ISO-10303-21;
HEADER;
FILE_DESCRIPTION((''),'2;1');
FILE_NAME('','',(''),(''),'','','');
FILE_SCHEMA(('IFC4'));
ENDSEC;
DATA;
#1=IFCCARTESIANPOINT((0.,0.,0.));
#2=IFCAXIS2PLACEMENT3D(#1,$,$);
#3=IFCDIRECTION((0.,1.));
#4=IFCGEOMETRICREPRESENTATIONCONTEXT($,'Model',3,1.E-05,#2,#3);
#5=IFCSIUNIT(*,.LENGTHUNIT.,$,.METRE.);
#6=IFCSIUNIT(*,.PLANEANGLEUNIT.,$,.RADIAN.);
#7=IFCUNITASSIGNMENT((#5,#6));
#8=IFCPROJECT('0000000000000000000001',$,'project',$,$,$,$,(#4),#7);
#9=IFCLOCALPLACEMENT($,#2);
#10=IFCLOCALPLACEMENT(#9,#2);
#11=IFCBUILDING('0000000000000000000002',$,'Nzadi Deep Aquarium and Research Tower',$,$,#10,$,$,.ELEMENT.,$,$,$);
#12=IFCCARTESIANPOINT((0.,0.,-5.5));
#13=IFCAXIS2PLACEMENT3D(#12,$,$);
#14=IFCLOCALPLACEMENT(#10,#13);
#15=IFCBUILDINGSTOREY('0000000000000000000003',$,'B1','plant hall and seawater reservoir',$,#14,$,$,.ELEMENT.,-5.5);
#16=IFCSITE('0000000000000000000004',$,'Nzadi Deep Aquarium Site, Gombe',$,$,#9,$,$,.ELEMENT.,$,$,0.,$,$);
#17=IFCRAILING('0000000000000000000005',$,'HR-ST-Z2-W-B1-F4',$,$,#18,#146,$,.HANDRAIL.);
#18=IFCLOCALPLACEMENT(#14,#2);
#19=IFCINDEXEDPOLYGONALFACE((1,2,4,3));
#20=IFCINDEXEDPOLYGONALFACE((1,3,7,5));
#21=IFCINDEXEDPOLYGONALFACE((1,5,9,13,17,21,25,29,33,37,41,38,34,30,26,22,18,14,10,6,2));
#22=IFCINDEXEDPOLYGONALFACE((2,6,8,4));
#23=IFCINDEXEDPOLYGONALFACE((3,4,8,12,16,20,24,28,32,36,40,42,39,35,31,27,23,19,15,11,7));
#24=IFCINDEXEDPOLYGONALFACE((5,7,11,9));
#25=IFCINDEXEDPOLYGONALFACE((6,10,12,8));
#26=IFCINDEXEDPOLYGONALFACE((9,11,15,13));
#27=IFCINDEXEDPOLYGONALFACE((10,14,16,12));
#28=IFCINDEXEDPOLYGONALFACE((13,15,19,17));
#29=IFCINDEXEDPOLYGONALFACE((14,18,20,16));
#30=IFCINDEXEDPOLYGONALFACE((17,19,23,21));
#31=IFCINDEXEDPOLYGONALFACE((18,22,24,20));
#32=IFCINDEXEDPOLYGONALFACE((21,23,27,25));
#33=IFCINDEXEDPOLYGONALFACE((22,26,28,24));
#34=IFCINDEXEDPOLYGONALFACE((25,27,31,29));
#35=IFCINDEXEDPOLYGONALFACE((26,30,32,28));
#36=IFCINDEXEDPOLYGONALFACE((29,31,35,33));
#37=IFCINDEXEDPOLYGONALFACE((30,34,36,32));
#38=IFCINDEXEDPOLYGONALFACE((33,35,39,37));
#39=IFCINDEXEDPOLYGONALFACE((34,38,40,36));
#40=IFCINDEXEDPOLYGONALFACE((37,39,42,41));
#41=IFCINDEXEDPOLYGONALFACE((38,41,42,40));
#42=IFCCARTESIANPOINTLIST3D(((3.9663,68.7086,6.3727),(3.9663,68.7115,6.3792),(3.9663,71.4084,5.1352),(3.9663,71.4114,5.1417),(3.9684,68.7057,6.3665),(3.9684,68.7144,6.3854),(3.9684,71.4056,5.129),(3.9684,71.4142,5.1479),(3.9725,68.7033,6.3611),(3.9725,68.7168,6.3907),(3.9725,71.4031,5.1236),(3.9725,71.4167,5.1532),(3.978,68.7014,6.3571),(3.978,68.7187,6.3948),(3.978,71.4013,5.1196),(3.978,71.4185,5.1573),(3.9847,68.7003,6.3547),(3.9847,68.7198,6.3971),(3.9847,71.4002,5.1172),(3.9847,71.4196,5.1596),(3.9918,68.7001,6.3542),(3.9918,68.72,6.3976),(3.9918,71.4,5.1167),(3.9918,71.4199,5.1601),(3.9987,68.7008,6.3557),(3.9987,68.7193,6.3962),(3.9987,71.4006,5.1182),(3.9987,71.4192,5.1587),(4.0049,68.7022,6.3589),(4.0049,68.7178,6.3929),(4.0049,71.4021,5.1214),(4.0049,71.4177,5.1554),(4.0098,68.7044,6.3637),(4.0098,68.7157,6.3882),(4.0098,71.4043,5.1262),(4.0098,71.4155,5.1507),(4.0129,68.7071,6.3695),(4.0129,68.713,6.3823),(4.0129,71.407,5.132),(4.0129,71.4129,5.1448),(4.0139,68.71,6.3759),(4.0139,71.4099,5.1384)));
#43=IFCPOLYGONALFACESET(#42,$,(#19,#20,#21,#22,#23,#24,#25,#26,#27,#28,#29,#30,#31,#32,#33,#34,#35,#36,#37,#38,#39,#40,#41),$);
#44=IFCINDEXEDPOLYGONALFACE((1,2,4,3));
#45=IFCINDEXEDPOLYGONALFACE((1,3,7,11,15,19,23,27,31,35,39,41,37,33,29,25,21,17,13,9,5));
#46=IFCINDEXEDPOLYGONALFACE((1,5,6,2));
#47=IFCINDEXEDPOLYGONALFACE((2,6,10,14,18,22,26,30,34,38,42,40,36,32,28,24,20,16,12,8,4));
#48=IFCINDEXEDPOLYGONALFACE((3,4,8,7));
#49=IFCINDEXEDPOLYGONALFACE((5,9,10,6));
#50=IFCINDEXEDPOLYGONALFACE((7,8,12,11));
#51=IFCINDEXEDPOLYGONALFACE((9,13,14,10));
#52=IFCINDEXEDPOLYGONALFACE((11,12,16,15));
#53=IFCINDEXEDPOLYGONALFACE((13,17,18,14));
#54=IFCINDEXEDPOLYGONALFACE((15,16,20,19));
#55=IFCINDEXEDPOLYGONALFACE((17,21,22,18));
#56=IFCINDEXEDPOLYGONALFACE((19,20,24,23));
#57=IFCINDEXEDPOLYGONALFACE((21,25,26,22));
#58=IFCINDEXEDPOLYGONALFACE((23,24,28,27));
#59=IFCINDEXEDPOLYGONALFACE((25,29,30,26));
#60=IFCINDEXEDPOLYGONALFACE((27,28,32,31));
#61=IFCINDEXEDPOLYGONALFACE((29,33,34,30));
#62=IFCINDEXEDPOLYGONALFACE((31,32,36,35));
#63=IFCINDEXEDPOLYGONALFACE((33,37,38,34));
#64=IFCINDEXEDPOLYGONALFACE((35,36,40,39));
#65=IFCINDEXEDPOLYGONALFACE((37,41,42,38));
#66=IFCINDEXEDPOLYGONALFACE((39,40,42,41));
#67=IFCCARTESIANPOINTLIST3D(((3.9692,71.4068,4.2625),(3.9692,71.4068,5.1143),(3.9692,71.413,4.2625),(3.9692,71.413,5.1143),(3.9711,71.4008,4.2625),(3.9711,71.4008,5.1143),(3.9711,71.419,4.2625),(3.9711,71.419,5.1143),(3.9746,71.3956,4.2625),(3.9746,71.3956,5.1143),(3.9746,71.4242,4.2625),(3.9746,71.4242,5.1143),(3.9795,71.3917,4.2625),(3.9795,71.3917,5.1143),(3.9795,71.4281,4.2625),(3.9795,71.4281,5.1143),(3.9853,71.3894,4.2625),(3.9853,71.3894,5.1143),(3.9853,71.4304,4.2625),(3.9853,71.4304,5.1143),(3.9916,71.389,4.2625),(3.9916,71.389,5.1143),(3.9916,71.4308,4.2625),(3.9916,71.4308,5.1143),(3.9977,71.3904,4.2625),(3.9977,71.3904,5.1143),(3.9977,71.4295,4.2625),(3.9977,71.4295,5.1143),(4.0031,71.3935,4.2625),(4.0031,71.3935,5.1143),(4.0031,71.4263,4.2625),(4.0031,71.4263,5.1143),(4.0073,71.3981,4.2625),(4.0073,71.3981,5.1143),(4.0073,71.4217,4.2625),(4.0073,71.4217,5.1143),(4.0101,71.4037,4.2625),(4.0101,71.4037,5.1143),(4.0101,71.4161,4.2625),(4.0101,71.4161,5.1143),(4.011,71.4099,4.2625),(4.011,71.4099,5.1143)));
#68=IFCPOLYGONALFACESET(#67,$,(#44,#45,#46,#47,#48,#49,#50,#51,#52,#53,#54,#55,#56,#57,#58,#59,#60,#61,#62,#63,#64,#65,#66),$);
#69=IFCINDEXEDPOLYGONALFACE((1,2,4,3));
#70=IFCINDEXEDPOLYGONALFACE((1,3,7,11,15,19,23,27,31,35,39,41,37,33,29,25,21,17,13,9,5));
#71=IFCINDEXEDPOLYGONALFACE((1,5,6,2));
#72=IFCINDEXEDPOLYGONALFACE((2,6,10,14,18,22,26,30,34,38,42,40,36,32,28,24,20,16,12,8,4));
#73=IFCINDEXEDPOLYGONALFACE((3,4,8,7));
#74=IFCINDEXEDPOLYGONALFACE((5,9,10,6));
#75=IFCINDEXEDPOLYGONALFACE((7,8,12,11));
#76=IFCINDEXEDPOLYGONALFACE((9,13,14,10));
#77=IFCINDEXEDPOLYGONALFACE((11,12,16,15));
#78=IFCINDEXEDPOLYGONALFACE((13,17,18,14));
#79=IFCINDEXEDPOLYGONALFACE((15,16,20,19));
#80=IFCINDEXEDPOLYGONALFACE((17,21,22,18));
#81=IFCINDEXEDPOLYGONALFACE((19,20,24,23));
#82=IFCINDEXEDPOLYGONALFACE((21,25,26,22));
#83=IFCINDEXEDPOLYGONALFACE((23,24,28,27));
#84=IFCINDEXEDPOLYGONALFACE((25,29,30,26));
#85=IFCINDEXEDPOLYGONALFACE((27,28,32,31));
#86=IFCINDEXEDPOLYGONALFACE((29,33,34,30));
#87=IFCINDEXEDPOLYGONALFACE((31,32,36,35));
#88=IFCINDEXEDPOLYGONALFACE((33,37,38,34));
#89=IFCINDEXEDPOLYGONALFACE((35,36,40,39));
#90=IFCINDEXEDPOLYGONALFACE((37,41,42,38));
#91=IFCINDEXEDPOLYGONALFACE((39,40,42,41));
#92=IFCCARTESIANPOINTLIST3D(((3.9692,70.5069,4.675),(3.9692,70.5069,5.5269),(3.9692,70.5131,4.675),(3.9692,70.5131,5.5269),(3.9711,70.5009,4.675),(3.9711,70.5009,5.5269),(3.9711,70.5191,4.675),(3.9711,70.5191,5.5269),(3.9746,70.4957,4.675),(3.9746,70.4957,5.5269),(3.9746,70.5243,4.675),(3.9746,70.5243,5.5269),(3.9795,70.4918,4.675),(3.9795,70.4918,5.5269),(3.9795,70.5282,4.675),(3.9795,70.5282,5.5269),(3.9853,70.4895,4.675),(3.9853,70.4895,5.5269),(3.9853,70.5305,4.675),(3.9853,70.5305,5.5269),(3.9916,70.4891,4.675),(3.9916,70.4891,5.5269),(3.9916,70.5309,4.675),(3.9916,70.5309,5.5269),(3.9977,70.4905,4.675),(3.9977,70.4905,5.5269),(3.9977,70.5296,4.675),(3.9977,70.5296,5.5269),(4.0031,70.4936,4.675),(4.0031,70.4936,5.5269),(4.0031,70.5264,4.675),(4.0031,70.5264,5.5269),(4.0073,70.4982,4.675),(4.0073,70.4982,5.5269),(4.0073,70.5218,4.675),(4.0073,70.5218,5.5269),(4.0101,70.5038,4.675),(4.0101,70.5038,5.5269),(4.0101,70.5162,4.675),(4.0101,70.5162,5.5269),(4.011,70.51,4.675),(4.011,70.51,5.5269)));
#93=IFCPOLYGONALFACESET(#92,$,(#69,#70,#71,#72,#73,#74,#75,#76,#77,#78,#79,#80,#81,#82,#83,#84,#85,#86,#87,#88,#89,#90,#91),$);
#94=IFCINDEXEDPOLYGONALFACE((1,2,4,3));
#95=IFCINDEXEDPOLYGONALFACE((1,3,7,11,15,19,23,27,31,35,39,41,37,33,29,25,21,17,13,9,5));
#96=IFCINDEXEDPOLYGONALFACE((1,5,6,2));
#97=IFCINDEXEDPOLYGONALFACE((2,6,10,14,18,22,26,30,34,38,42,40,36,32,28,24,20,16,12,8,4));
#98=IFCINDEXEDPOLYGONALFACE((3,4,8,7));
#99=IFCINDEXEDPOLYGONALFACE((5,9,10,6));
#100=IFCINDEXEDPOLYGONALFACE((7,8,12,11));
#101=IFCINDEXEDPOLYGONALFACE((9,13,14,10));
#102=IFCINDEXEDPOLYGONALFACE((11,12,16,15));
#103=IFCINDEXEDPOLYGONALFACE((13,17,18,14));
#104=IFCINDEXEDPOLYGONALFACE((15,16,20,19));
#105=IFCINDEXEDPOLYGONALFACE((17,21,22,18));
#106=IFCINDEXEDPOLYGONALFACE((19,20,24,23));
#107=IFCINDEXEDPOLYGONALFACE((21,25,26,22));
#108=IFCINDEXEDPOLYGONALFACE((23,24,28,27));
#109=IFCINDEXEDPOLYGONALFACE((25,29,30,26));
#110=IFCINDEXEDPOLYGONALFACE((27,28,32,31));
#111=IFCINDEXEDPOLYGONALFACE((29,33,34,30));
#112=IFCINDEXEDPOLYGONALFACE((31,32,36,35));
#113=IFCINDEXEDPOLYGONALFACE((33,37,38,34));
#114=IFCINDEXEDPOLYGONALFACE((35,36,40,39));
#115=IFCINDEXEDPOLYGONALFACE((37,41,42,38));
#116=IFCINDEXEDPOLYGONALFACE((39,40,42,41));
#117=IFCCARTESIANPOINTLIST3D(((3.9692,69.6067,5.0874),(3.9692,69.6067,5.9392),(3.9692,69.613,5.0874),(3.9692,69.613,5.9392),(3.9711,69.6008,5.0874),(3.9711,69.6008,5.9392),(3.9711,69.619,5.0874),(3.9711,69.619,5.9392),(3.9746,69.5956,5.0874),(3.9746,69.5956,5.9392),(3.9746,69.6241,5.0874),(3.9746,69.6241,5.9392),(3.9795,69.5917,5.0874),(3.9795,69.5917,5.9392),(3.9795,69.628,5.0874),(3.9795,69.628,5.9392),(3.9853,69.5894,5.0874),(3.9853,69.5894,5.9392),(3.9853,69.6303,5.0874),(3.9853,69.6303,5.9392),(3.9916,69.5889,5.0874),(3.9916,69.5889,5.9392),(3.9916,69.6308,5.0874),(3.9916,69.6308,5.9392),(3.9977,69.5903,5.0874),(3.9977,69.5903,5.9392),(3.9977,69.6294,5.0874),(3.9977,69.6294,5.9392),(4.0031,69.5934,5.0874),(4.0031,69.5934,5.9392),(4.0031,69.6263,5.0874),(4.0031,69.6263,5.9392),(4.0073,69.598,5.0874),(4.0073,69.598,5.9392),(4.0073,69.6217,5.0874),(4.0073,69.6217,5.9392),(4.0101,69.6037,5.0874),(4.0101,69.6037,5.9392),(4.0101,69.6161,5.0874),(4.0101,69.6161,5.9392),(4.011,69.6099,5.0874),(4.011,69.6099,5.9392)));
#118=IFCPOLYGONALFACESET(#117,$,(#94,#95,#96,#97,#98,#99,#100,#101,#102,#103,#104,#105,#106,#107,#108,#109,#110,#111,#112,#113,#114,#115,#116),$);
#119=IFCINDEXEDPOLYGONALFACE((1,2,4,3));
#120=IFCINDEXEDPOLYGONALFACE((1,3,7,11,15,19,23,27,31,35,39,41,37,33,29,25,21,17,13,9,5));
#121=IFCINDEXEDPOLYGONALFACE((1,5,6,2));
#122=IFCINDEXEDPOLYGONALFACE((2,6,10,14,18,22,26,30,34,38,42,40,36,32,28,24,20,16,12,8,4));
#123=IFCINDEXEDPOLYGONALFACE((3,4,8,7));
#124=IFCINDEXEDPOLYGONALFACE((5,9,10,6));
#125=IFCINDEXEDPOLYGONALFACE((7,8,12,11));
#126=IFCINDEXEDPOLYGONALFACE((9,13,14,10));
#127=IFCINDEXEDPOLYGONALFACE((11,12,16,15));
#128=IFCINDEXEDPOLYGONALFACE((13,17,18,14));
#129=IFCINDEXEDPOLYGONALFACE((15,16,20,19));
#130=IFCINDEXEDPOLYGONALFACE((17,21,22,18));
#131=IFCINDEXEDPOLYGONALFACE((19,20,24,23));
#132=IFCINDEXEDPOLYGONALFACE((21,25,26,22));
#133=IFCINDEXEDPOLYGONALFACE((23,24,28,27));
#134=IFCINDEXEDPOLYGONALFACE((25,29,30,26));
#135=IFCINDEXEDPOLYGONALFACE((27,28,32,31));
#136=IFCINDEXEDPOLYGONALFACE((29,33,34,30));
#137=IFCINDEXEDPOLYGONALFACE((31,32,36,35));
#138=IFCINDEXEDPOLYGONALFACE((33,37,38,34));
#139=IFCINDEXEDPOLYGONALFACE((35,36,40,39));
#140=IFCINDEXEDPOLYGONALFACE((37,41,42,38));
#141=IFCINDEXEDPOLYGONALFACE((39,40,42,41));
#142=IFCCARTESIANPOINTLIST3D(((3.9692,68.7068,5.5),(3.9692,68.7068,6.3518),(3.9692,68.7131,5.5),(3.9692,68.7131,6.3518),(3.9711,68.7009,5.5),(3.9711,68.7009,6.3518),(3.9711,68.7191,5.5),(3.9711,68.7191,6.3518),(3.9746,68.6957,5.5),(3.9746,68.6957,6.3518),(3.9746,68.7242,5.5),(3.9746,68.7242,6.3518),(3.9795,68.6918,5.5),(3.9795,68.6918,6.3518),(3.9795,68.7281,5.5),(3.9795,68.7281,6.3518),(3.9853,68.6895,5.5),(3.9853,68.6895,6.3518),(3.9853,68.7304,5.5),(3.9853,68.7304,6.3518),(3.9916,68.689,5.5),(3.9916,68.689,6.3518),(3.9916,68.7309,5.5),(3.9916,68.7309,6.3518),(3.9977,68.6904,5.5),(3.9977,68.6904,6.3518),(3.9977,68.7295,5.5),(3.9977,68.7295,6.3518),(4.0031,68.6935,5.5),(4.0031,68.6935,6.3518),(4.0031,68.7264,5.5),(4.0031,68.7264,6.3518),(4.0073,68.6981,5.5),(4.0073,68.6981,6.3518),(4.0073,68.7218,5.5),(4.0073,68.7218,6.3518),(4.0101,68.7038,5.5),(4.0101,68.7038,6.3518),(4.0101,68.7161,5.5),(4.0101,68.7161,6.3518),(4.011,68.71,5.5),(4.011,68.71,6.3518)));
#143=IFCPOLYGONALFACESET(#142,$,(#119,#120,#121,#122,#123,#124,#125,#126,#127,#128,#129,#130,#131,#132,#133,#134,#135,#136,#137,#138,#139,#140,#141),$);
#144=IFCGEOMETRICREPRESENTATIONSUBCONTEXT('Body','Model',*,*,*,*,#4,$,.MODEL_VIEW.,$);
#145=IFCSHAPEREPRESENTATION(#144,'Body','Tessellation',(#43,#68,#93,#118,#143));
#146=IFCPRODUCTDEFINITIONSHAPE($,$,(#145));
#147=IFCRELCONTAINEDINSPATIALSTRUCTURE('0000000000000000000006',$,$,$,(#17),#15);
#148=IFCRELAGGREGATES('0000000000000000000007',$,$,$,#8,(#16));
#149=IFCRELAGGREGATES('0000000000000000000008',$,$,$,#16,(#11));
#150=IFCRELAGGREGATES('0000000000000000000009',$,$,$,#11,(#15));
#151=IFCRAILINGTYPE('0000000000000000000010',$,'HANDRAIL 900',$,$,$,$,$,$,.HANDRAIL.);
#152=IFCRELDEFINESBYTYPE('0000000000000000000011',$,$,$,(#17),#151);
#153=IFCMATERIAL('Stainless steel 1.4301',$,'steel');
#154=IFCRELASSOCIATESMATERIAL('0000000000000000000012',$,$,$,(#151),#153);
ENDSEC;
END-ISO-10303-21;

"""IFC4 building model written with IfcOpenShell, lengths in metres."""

from ifc_helpers import new_model, si_unit, direction, frame, origin, origin_2d, place, context, subcontext, project, spatial, circle, extrude, material, type_object, element, save


model = new_model("IFC4")

# Units and contexts
model_context = context("Model", 3, precision=1e-05, world=origin(), true_north=direction((0.0, 1.0)))
body_context = subcontext(model_context, "Body", "Model", "MODEL_VIEW")
ifc_project = project(units=[si_unit("LENGTHUNIT", "METRE"), si_unit("PLANEANGLEUNIT", "RADIAN")], contexts=[model_context])

# Site, building, storey
site_placement = place(None, origin())
site = spatial("IfcSite", under=ifc_project, at=site_placement, Name="Nzadi Deep Aquarium Site, Gombe", CompositionType="ELEMENT", RefElevation=0.0)
building_placement = place(site_placement, origin())
building = spatial("IfcBuilding", under=site, at=building_placement, Name="Nzadi Deep Aquarium and Research Tower", CompositionType="ELEMENT")
storey_placement = place(building_placement, frame((0.0, 0.0, -5.5)))
storey = spatial("IfcBuildingStorey", under=building, at=storey_placement, Name="B1", Description="plant hall and seawater reservoir", CompositionType="ELEMENT", Elevation=-5.5)

# Railing
ifc_material_1 = material(Name="Stainless steel 1.4301", Category="steel")
railing_type = type_object("IfcRailingType", Name="HANDRAIL 900", PredefinedType="HANDRAIL", material=ifc_material_1)
for number, where, name in (
    (1, (3.99, 71.4099, 4.2625), "HR-ST-Z2-W-B1-F4"),
):
    element("IfcRailing", number, at=place(storey_placement, frame(where)), inside=storey, type_object=railing_type, Name=name, PredefinedType="HANDRAIL", context=body_context, shape_type="SweptSolid", body=[
        extrude(circle(Radius=0.0239, at=origin_2d()), frame((0.0, 0.0, 0.876), z_axis=(0.0, -0.909056, 0.416675), x_axis=(1.0, 0.0, 0.0)), (0.0, 0.0, 1.0), 2.97),
        extrude(circle(Radius=0.021, at=origin_2d()), origin(), (0.0, 0.0, 1.0), 0.8518),
        extrude(circle(Radius=0.021, at=origin_2d()), frame((0.0, -0.8999, 0.4126)), (0.0, 0.0, 1.0), 0.8518),
        extrude(circle(Radius=0.021, at=origin_2d()), frame((0.0, -1.8, 0.825)), (0.0, 0.0, 1.0), 0.8518),
        extrude(circle(Radius=0.021, at=origin_2d()), frame((0.0, -2.7, 1.2375)), (0.0, 0.0, 1.0), 0.8518),
    ])

save(model, "model.ifc")
